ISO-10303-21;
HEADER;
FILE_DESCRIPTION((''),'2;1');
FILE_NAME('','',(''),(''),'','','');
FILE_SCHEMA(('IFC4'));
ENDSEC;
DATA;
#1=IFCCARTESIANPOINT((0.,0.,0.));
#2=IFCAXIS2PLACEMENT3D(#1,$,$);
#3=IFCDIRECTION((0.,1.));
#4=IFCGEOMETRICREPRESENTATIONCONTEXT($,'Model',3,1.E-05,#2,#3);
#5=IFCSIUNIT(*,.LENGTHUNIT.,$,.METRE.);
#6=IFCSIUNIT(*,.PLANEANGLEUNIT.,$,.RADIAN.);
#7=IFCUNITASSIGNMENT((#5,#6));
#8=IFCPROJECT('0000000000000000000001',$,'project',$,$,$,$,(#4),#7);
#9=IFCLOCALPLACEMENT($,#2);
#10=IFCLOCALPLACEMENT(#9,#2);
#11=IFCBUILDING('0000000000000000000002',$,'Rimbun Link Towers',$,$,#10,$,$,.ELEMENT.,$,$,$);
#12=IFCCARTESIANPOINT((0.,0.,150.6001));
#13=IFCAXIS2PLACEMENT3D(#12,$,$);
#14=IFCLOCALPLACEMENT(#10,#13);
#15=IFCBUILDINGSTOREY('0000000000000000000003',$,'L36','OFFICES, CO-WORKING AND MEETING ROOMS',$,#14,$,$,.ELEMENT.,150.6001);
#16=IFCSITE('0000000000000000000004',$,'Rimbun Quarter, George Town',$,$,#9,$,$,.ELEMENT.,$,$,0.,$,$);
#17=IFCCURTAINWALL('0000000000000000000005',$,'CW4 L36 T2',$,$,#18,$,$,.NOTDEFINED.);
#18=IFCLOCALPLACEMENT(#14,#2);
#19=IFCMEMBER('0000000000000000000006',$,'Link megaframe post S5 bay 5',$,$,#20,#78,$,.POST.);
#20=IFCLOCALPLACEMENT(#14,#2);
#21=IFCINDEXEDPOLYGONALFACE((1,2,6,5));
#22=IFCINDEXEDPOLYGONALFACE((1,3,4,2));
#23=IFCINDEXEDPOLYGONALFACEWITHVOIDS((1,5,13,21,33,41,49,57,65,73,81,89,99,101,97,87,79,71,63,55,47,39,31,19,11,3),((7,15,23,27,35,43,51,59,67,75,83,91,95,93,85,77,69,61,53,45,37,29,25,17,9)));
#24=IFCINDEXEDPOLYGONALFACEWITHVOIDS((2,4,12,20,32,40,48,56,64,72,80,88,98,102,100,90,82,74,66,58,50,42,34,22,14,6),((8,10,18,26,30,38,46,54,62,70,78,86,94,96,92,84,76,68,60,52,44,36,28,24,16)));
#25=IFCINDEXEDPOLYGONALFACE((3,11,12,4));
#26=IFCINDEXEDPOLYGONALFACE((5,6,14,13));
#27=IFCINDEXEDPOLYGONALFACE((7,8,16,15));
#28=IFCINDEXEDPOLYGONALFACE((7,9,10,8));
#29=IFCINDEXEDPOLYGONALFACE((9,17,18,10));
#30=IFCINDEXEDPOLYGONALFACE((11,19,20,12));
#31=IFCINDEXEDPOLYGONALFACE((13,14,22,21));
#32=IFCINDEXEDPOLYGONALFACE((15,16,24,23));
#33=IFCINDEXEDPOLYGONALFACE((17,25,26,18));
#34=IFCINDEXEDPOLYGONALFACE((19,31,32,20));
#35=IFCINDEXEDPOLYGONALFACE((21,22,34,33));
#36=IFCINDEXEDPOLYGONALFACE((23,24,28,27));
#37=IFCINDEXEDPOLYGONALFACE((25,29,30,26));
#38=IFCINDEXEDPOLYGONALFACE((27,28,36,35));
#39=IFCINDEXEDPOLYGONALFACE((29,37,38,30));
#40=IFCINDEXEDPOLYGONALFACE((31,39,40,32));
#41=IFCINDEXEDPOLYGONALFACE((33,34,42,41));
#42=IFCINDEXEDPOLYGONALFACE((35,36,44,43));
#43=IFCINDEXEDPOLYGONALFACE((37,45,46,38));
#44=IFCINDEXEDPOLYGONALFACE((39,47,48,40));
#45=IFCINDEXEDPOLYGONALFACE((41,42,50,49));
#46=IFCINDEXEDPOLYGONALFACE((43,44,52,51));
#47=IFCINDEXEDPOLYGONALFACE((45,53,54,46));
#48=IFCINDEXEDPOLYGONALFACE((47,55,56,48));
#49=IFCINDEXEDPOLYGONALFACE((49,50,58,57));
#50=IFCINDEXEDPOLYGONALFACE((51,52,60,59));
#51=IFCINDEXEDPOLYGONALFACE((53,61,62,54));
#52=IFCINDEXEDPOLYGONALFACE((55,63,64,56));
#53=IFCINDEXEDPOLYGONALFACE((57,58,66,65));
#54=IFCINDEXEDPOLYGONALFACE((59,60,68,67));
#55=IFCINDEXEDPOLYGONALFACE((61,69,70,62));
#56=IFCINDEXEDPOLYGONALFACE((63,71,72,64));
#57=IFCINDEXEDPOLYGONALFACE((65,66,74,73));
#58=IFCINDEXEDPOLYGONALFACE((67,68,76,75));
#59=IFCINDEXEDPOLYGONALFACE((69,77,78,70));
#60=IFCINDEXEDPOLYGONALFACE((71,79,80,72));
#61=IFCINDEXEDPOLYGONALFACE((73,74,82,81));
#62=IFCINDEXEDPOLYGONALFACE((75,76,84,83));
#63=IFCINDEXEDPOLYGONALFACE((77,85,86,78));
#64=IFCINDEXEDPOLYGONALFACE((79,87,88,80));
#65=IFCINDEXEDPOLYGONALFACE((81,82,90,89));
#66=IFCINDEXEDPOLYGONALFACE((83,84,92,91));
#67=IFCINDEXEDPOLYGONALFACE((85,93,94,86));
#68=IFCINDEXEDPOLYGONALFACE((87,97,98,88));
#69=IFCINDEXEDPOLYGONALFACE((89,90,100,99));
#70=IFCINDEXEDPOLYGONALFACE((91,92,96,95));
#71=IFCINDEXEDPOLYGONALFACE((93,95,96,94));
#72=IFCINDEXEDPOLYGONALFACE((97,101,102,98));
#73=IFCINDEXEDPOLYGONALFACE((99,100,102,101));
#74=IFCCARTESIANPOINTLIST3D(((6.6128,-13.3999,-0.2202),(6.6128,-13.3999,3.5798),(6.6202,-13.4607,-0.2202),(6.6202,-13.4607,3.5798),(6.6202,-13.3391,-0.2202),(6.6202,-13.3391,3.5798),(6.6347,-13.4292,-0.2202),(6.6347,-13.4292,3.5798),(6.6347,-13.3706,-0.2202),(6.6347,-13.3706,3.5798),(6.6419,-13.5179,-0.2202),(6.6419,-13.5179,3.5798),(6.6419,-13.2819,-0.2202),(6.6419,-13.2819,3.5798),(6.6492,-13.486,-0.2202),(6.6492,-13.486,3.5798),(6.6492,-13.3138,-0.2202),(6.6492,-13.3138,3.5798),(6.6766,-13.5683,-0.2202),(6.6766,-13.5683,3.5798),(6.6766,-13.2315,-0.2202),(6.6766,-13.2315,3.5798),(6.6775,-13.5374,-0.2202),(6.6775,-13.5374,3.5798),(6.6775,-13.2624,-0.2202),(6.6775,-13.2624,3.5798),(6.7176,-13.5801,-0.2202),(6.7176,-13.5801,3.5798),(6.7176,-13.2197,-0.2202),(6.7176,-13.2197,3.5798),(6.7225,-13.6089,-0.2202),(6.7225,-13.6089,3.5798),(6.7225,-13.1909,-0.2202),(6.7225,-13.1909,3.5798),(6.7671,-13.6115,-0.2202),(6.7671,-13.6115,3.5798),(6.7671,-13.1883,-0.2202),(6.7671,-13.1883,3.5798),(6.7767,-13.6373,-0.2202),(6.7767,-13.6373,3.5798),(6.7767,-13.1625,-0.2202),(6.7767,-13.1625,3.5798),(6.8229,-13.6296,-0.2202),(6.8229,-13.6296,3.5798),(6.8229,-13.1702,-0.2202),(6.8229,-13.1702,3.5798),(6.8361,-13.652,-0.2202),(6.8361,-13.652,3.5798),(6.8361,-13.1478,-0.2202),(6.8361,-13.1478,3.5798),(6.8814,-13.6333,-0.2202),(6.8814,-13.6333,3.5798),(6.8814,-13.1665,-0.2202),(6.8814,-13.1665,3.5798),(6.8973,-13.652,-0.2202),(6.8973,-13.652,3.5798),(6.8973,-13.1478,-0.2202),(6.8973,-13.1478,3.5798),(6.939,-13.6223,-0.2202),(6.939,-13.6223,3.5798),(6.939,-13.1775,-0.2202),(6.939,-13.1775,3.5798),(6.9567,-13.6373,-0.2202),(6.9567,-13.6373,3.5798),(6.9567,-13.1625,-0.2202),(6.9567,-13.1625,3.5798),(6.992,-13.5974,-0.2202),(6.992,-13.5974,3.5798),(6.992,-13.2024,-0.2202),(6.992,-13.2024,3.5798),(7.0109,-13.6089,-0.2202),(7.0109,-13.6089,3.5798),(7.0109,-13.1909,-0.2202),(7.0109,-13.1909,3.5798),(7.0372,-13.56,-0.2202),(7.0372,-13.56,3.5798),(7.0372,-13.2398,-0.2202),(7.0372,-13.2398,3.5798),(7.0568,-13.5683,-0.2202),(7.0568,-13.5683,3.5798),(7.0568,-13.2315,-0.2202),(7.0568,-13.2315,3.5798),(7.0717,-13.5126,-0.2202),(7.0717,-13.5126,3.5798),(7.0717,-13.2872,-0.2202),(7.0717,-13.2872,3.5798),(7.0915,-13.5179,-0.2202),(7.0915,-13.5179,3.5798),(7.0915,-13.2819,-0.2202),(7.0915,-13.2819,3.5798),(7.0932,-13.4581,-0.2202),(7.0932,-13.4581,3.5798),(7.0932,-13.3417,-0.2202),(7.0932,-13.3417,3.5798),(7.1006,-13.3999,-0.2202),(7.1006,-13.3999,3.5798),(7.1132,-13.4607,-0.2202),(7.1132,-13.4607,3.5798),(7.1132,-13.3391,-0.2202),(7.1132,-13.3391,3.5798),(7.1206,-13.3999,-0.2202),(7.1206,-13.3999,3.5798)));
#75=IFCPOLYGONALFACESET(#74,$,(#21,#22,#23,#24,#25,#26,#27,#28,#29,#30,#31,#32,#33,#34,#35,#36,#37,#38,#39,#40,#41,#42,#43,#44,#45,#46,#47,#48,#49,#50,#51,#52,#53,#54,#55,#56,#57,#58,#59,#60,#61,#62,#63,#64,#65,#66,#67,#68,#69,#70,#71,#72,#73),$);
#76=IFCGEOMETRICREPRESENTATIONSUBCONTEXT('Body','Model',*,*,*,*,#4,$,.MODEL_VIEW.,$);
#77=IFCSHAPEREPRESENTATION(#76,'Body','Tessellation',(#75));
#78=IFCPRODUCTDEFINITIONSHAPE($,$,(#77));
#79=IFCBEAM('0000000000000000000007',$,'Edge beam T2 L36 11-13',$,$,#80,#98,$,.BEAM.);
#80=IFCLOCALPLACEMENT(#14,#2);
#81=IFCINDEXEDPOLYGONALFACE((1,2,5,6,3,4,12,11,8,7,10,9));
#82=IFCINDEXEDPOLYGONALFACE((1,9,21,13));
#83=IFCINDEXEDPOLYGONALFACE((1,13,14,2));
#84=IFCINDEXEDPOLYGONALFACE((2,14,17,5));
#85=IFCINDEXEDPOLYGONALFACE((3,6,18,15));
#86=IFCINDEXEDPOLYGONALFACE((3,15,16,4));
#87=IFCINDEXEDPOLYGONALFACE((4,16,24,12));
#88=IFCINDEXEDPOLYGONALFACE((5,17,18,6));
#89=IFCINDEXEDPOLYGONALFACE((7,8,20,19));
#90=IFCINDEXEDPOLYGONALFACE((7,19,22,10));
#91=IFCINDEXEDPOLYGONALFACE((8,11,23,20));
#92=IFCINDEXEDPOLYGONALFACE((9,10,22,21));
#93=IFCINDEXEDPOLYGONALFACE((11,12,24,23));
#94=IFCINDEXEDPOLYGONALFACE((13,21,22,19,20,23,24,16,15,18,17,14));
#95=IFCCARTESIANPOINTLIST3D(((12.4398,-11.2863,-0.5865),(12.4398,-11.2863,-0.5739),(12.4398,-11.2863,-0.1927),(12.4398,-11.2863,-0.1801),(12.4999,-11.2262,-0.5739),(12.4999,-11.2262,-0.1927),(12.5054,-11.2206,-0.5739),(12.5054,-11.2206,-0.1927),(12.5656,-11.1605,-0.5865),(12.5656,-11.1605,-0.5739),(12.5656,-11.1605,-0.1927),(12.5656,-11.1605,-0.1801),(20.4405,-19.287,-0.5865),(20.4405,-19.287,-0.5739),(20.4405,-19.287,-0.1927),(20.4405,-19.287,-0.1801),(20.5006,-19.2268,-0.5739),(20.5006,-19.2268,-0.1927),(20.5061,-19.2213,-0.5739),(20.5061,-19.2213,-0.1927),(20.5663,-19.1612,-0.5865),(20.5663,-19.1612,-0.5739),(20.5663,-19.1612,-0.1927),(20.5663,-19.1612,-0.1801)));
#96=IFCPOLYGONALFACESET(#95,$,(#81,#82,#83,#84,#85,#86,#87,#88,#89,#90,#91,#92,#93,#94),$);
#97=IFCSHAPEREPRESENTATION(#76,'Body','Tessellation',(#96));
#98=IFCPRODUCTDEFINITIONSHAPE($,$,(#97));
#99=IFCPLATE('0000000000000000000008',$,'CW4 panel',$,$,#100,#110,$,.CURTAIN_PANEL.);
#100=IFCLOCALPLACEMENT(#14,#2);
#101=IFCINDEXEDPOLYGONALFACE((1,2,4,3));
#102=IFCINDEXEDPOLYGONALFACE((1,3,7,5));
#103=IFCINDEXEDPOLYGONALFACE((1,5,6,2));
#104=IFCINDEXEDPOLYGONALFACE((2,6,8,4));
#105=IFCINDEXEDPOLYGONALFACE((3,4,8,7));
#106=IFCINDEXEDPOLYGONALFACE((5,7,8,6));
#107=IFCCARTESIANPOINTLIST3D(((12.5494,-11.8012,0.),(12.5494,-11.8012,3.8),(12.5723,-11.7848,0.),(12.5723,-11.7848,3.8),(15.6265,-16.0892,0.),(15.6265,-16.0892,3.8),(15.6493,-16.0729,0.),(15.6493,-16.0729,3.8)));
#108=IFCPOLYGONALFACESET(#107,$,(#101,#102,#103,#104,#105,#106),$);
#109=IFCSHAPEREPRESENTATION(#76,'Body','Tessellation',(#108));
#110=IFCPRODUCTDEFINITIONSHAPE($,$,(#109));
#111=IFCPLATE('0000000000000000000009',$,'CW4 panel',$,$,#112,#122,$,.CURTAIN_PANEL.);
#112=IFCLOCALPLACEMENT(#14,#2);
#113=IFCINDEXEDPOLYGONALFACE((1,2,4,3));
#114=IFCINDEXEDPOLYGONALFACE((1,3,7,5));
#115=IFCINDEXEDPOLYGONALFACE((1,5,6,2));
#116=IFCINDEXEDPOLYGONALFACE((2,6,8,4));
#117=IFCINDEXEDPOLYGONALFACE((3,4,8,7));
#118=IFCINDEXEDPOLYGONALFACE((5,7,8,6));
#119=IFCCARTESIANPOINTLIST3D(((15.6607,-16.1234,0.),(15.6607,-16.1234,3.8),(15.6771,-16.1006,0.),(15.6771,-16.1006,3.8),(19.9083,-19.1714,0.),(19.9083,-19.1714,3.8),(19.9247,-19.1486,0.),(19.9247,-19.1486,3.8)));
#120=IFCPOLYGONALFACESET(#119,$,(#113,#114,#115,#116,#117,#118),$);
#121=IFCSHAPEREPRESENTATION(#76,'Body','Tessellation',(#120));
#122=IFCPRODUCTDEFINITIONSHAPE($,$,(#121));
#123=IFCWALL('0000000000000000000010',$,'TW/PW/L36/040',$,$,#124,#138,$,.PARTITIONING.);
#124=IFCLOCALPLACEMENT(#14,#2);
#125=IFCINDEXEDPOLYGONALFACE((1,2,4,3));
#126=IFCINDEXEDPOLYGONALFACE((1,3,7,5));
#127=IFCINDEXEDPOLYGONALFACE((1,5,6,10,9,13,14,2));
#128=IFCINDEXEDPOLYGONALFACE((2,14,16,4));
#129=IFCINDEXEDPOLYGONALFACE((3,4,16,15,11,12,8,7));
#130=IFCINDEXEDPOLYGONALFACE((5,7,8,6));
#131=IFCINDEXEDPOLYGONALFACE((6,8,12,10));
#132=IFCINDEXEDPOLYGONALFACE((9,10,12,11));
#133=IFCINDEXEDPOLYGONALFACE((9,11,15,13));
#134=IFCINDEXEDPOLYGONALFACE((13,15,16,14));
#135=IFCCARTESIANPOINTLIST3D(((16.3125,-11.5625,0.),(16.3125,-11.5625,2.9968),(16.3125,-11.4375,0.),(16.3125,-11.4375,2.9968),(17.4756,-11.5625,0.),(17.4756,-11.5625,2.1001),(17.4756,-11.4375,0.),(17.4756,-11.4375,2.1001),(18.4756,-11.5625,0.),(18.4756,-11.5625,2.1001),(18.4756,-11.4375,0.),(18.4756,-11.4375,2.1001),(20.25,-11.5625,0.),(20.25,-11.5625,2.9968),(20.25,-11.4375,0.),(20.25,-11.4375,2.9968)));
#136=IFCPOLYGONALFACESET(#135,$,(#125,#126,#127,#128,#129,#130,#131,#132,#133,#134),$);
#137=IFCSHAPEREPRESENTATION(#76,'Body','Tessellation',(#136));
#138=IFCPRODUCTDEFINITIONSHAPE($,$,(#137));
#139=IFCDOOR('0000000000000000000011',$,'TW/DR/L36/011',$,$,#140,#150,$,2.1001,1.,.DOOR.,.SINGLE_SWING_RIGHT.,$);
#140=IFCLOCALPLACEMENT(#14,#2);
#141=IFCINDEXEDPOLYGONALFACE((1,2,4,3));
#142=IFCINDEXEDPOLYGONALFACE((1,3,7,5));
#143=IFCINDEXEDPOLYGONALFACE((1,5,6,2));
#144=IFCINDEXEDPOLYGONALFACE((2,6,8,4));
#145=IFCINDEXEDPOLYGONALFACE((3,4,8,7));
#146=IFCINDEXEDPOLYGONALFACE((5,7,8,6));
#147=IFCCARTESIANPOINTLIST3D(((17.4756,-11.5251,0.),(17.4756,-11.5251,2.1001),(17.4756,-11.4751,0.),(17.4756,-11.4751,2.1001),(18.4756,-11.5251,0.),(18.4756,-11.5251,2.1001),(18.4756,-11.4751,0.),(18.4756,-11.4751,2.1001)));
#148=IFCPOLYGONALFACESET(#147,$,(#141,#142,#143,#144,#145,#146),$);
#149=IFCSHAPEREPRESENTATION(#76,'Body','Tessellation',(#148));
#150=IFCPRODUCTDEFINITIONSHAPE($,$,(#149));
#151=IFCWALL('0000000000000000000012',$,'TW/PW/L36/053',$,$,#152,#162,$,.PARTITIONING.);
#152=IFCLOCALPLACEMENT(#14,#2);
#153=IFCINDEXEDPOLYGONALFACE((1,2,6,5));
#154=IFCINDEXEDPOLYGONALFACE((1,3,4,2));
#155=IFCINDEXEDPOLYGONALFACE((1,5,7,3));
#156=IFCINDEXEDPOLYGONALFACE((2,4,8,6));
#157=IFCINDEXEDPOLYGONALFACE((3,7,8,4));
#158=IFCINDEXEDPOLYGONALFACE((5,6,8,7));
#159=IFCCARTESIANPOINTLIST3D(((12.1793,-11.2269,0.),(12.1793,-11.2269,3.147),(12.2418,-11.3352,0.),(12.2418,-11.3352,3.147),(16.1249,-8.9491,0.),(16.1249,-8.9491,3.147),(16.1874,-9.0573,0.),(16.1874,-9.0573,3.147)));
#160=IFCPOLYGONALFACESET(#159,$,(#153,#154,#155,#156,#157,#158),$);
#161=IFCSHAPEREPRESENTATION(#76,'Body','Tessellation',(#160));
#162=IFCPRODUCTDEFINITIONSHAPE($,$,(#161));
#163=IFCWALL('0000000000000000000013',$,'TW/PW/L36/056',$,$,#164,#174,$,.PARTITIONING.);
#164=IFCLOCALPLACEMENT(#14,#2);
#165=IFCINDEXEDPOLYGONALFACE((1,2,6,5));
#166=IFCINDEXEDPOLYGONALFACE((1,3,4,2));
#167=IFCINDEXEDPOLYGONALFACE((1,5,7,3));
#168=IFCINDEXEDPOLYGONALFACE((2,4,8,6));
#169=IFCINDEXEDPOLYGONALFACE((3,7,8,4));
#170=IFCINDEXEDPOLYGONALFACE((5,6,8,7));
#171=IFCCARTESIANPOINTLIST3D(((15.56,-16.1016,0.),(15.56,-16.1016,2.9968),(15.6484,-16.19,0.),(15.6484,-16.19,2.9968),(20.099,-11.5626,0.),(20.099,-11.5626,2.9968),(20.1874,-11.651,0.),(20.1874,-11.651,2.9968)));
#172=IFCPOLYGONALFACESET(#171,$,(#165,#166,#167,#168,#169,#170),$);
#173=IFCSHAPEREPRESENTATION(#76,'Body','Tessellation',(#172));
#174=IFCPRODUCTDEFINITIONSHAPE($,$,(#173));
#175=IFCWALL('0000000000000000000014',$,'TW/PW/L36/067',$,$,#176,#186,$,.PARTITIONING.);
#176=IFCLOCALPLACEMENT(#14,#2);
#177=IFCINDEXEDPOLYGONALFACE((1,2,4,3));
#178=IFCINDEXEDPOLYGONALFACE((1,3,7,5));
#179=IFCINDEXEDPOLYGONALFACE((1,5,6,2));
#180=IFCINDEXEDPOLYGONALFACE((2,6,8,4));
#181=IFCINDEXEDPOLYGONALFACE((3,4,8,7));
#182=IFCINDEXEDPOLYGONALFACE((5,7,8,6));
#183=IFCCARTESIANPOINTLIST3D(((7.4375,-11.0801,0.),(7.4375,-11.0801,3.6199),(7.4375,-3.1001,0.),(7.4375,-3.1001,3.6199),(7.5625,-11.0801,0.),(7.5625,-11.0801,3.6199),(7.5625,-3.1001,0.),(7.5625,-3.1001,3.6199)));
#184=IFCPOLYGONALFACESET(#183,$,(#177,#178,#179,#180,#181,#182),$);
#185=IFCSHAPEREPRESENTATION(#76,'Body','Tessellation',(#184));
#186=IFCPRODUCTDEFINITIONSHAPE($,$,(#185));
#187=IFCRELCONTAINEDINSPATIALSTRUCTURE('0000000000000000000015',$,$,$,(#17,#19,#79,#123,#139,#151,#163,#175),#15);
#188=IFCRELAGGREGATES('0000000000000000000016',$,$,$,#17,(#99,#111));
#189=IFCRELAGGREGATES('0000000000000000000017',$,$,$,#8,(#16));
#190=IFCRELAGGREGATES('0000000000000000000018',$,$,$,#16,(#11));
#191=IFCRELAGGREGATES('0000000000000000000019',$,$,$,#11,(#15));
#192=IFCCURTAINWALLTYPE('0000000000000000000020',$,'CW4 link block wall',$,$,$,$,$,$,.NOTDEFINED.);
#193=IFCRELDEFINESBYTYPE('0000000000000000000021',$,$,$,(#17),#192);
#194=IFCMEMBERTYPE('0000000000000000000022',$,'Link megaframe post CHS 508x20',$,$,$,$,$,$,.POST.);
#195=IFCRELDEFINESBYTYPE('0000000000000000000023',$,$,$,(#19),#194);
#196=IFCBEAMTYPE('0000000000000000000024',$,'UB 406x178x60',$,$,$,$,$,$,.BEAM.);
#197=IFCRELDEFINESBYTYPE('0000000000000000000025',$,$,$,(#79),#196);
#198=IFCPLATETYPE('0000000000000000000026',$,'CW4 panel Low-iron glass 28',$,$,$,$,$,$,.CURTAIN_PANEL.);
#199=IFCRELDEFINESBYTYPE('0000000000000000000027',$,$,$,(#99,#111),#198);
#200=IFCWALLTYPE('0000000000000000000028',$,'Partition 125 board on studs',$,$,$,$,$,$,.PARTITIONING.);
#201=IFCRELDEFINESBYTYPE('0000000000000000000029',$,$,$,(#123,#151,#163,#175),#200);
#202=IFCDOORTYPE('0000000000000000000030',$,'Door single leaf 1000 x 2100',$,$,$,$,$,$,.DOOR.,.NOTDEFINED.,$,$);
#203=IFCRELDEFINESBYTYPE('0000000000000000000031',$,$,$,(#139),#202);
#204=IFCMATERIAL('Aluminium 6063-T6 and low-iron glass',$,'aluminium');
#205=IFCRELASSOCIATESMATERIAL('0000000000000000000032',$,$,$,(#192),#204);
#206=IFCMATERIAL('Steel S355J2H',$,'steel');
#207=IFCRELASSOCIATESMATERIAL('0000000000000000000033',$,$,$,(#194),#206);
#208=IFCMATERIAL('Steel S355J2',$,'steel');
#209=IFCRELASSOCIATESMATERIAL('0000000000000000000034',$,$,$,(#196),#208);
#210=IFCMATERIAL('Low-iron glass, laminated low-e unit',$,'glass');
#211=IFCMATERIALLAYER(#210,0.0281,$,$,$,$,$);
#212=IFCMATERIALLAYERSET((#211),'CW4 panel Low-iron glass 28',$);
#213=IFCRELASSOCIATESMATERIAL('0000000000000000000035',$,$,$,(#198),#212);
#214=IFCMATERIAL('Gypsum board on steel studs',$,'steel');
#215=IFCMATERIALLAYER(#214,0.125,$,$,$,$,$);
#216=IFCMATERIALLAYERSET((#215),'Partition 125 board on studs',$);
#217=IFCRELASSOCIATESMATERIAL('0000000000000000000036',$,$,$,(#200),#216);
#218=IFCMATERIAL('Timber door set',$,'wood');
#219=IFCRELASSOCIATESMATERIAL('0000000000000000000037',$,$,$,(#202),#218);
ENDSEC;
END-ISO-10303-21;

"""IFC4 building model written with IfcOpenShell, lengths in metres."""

from ifc_helpers import new_model, si_unit, direction, frame, frame_2d, origin, origin_2d, place, context, subcontext, project, spatial, rectangle, hollow_circle, i_section, extrude, material, layer, layer_set, material_profile, profile_set, type_object, element, fill, aggregate, save


model = new_model("IFC4")

# Units and contexts
model_context = context("Model", 3, precision=1e-05, world=origin(), true_north=direction((0.0, 1.0)))
body_context = subcontext(model_context, "Body", "Model", "MODEL_VIEW")
ifc_project = project(units=[si_unit("LENGTHUNIT", "METRE"), si_unit("PLANEANGLEUNIT", "RADIAN")], contexts=[model_context])

# Site, building, storey
site_placement = place(None, origin())
site = spatial("IfcSite", under=ifc_project, at=site_placement, Name="Rimbun Quarter, George Town", CompositionType="ELEMENT", RefElevation=0.0)
building_placement = place(site_placement, origin())
building = spatial("IfcBuilding", under=site, at=building_placement, Name="Rimbun Link Towers", CompositionType="ELEMENT")
storey_placement = place(building_placement, frame((0.0, 0.0, 150.6001)))
storey = spatial("IfcBuildingStorey", under=building, at=storey_placement, Name="L36", Description="OFFICES, CO-WORKING AND MEETING ROOMS", CompositionType="ELEMENT", Elevation=150.6001)

# Curtain wall
ifc_material_1 = material(Name="Aluminium 6063-T6 and low-iron glass", Category="aluminium")
curtain_wall_type = type_object("IfcCurtainWallType", Name="CW4 link block wall", PredefinedType="NOTDEFINED", material=ifc_material_1)
curtain_wall_1_placement = place(storey_placement, origin())
curtain_wall_1 = element("IfcCurtainWall", 1, at=curtain_wall_1_placement, inside=storey, type_object=curtain_wall_type, Name="CW4 L36 T2", PredefinedType="NOTDEFINED")

# Member
ifc_material_2 = material(Name="Steel S355J2H", Category="steel")
ifc_material_profile_1 = material_profile(ifc_material_2, hollow_circle(Radius=0.2539, WallThickness=0.02, at=origin_2d()), Name="CHS 508x20")
ifc_profile_set_1 = profile_set([ifc_material_profile_1], Name="Steel S355J2H")
member_type_1 = type_object("IfcMemberType", Name="Link megaframe post CHS 508x20", PredefinedType="POST", material=ifc_profile_set_1)
member_1_placement = place(storey_placement, frame((6.8667, -13.3999, -0.2202), z_axis=(0.0, 0.0, 1.0), x_axis=(1.0, 0.0, 0.0)))
element("IfcMember", 2, at=member_1_placement, inside=storey, type_object=member_type_1, Name="Link megaframe post S5 bay 5", PredefinedType="POST", context=body_context, shape_type="SweptSolid", body=[
    extrude(hollow_circle(Radius=0.2539, WallThickness=0.02, at=origin_2d()), origin(), (0.0, 0.0, 1.0), 3.8),
])

# Beam
ifc_material_3 = material(Name="Steel S355J2", Category="steel")
ifc_material_profile_2 = material_profile(ifc_material_3, i_section(OverallWidth=0.178, OverallDepth=0.4065, WebThickness=0.0078, FlangeThickness=0.0127, at=origin_2d()), Name="UB 406x178x60")
ifc_profile_set_2 = profile_set([ifc_material_profile_2], Name="Steel S355J2")
beam_type = type_object("IfcBeamType", Name="UB 406x178x60", PredefinedType="BEAM", material=ifc_profile_set_2)
beam_placement = place(storey_placement, frame((12.5027, -11.2234, -0.3833), z_axis=(0.707107, -0.707107, 0.0), x_axis=(0.707107, 0.707107, 0.0)))
element("IfcBeam", 3, at=beam_placement, inside=storey, type_object=beam_type, Name="Edge beam T2 L36 11-13", PredefinedType="BEAM", context=body_context, shape_type="SweptSolid", body=[
    extrude(i_section(OverallWidth=0.178, OverallDepth=0.4065, WebThickness=0.0078, FlangeThickness=0.0127, at=origin_2d()), origin(), (0.0, 0.0, 1.0), 11.3147),
])

# Plates
ifc_material_4 = material(Name="Low-iron glass, laminated low-e unit", Category="glass")
ifc_layer_1 = layer(ifc_material_4, 0.0281)
ifc_layer_set_1 = layer_set([ifc_layer_1], Name="CW4 panel Low-iron glass 28")
plate_type = type_object("IfcPlateType", Name="CW4 panel Low-iron glass 28", PredefinedType="CURTAIN_PANEL", material=ifc_layer_set_1)
plate_1_placement = place(storey_placement, frame((14.0994, -13.937, 0.0), z_axis=(0.0, 0.0, 1.0), x_axis=(-0.583009, 0.812465, 0.0)))
plate_1 = element("IfcPlate", 4, at=plate_1_placement, type_object=plate_type, Name="CW4 panel", PredefinedType="CURTAIN_PANEL", context=body_context, shape_type="SweptSolid", body=[
    extrude(rectangle(XDim=5.2778, YDim=0.0281, at=origin_2d()), origin(), (0.0, 0.0, 1.0), 3.8),
])
plate_2_placement = place(storey_placement, frame((17.7927, -17.636, 0.0), z_axis=(0.0, 0.0, 1.0), x_axis=(-0.812465, 0.583009, 0.0)))
plate_2 = element("IfcPlate", 5, at=plate_2_placement, type_object=plate_type, Name="CW4 panel", PredefinedType="CURTAIN_PANEL", context=body_context, shape_type="SweptSolid", body=[
    extrude(rectangle(XDim=5.228, YDim=0.0281, at=origin_2d()), origin(), (0.0, 0.0, 1.0), 3.8),
])
aggregate(curtain_wall_1, [plate_1, plate_2])

# Wall, opening, door
ifc_material_5 = material(Name="Gypsum board on steel studs", Category="steel")
ifc_layer_2 = layer(ifc_material_5, 0.125)
ifc_layer_set_2 = layer_set([ifc_layer_2], Name="Partition 125 board on studs")
wall_type = type_object("IfcWallType", Name="Partition 125 board on studs", PredefinedType="PARTITIONING", material=ifc_layer_set_2)
wall_1_placement = place(storey_placement, frame((16.3125, -11.5, 0.0), z_axis=(0.0, 0.0, 1.0), x_axis=(1.0, 0.0, 0.0)))
wall_1 = element("IfcWall", 6, at=wall_1_placement, inside=storey, type_object=wall_type, Name="TW/PW/L36/040", PredefinedType="PARTITIONING", context=body_context, shape_type="SweptSolid", body=[
    extrude(rectangle(XDim=3.9375, YDim=0.125, at=frame_2d((1.9688, 0.0))), origin(), (0.0, 0.0, 1.0), 2.9968),
])
opening_placement = place(wall_1_placement, frame((1.1631, 0.0, 0.0)))
opening = element("IfcOpeningElement", 7, at=opening_placement, cuts=wall_1, PredefinedType="OPENING", context=body_context, shape_type="SweptSolid", body=[
    extrude(rectangle(XDim=1.0, YDim=2.1001, at=frame_2d((0.5, 1.05))), frame((0.0, 0.0725, 0.0), z_axis=(0.0, -1.0, 0.0), x_axis=(1.0, 0.0, 0.0)), (0.0, 0.0, 1.0), 0.145),
])
ifc_material_6 = material(Name="Timber door set", Category="wood")
door_type = type_object("IfcDoorType", Name="Door single leaf 1000 x 2100", OperationType="NOTDEFINED", PredefinedType="DOOR", material=ifc_material_6)
door_placement = place(opening_placement, origin())
door = element("IfcDoor", 8, at=door_placement, inside=storey, type_object=door_type, Name="TW/DR/L36/011", OperationType="SINGLE_SWING_RIGHT", OverallHeight=2.1001, OverallWidth=1.0, PredefinedType="DOOR", context=body_context, shape_type="SweptSolid", body=[
    extrude(rectangle(XDim=1.0, YDim=2.1001, at=frame_2d((0.5, 1.05))), frame((0.0, 0.0249, 0.0), z_axis=(0.0, -1.0, 0.0), x_axis=(1.0, 0.0, 0.0)), (0.0, 0.0, 1.0), 0.05),
])
fill(opening, door)

# Walls
wall_2_placement = place(storey_placement, frame((12.2107, -11.281, 0.0), z_axis=(0.0, 0.0, 1.0), x_axis=(0.866038, 0.499978, 0.0)))
element("IfcWall", 9, at=wall_2_placement, inside=storey, type_object=wall_type, Name="TW/PW/L36/053", PredefinedType="PARTITIONING", context=body_context, shape_type="SweptSolid", body=[
    extrude(rectangle(XDim=4.5559, YDim=0.125, at=frame_2d((2.2778, 0.0))), origin(), (0.0, 0.0, 1.0), 3.147),
])
wall_3_placement = place(storey_placement, frame((15.6042, -16.1458, 0.0), z_axis=(0.0, 0.0, 1.0), x_axis=(0.707107, 0.707107, 0.0)))
element("IfcWall", 10, at=wall_3_placement, inside=storey, type_object=wall_type, Name="TW/PW/L36/056", PredefinedType="PARTITIONING", context=body_context, shape_type="SweptSolid", body=[
    extrude(rectangle(XDim=6.4192, YDim=0.125, at=frame_2d((3.2095, 0.0))), origin(), (0.0, 0.0, 1.0), 2.9968),
])
wall_4_placement = place(storey_placement, frame((7.5, -11.0801, 0.0), z_axis=(0.0, 0.0, 1.0), x_axis=(0.0, 1.0, 0.0)))
element("IfcWall", 11, at=wall_4_placement, inside=storey, type_object=wall_type, Name="TW/PW/L36/067", PredefinedType="PARTITIONING", context=body_context, shape_type="SweptSolid", body=[
    extrude(rectangle(XDim=7.98, YDim=0.125, at=frame_2d((3.99, 0.0))), origin(), (0.0, 0.0, 1.0), 3.6199),
])

save(model, "model.ifc")
